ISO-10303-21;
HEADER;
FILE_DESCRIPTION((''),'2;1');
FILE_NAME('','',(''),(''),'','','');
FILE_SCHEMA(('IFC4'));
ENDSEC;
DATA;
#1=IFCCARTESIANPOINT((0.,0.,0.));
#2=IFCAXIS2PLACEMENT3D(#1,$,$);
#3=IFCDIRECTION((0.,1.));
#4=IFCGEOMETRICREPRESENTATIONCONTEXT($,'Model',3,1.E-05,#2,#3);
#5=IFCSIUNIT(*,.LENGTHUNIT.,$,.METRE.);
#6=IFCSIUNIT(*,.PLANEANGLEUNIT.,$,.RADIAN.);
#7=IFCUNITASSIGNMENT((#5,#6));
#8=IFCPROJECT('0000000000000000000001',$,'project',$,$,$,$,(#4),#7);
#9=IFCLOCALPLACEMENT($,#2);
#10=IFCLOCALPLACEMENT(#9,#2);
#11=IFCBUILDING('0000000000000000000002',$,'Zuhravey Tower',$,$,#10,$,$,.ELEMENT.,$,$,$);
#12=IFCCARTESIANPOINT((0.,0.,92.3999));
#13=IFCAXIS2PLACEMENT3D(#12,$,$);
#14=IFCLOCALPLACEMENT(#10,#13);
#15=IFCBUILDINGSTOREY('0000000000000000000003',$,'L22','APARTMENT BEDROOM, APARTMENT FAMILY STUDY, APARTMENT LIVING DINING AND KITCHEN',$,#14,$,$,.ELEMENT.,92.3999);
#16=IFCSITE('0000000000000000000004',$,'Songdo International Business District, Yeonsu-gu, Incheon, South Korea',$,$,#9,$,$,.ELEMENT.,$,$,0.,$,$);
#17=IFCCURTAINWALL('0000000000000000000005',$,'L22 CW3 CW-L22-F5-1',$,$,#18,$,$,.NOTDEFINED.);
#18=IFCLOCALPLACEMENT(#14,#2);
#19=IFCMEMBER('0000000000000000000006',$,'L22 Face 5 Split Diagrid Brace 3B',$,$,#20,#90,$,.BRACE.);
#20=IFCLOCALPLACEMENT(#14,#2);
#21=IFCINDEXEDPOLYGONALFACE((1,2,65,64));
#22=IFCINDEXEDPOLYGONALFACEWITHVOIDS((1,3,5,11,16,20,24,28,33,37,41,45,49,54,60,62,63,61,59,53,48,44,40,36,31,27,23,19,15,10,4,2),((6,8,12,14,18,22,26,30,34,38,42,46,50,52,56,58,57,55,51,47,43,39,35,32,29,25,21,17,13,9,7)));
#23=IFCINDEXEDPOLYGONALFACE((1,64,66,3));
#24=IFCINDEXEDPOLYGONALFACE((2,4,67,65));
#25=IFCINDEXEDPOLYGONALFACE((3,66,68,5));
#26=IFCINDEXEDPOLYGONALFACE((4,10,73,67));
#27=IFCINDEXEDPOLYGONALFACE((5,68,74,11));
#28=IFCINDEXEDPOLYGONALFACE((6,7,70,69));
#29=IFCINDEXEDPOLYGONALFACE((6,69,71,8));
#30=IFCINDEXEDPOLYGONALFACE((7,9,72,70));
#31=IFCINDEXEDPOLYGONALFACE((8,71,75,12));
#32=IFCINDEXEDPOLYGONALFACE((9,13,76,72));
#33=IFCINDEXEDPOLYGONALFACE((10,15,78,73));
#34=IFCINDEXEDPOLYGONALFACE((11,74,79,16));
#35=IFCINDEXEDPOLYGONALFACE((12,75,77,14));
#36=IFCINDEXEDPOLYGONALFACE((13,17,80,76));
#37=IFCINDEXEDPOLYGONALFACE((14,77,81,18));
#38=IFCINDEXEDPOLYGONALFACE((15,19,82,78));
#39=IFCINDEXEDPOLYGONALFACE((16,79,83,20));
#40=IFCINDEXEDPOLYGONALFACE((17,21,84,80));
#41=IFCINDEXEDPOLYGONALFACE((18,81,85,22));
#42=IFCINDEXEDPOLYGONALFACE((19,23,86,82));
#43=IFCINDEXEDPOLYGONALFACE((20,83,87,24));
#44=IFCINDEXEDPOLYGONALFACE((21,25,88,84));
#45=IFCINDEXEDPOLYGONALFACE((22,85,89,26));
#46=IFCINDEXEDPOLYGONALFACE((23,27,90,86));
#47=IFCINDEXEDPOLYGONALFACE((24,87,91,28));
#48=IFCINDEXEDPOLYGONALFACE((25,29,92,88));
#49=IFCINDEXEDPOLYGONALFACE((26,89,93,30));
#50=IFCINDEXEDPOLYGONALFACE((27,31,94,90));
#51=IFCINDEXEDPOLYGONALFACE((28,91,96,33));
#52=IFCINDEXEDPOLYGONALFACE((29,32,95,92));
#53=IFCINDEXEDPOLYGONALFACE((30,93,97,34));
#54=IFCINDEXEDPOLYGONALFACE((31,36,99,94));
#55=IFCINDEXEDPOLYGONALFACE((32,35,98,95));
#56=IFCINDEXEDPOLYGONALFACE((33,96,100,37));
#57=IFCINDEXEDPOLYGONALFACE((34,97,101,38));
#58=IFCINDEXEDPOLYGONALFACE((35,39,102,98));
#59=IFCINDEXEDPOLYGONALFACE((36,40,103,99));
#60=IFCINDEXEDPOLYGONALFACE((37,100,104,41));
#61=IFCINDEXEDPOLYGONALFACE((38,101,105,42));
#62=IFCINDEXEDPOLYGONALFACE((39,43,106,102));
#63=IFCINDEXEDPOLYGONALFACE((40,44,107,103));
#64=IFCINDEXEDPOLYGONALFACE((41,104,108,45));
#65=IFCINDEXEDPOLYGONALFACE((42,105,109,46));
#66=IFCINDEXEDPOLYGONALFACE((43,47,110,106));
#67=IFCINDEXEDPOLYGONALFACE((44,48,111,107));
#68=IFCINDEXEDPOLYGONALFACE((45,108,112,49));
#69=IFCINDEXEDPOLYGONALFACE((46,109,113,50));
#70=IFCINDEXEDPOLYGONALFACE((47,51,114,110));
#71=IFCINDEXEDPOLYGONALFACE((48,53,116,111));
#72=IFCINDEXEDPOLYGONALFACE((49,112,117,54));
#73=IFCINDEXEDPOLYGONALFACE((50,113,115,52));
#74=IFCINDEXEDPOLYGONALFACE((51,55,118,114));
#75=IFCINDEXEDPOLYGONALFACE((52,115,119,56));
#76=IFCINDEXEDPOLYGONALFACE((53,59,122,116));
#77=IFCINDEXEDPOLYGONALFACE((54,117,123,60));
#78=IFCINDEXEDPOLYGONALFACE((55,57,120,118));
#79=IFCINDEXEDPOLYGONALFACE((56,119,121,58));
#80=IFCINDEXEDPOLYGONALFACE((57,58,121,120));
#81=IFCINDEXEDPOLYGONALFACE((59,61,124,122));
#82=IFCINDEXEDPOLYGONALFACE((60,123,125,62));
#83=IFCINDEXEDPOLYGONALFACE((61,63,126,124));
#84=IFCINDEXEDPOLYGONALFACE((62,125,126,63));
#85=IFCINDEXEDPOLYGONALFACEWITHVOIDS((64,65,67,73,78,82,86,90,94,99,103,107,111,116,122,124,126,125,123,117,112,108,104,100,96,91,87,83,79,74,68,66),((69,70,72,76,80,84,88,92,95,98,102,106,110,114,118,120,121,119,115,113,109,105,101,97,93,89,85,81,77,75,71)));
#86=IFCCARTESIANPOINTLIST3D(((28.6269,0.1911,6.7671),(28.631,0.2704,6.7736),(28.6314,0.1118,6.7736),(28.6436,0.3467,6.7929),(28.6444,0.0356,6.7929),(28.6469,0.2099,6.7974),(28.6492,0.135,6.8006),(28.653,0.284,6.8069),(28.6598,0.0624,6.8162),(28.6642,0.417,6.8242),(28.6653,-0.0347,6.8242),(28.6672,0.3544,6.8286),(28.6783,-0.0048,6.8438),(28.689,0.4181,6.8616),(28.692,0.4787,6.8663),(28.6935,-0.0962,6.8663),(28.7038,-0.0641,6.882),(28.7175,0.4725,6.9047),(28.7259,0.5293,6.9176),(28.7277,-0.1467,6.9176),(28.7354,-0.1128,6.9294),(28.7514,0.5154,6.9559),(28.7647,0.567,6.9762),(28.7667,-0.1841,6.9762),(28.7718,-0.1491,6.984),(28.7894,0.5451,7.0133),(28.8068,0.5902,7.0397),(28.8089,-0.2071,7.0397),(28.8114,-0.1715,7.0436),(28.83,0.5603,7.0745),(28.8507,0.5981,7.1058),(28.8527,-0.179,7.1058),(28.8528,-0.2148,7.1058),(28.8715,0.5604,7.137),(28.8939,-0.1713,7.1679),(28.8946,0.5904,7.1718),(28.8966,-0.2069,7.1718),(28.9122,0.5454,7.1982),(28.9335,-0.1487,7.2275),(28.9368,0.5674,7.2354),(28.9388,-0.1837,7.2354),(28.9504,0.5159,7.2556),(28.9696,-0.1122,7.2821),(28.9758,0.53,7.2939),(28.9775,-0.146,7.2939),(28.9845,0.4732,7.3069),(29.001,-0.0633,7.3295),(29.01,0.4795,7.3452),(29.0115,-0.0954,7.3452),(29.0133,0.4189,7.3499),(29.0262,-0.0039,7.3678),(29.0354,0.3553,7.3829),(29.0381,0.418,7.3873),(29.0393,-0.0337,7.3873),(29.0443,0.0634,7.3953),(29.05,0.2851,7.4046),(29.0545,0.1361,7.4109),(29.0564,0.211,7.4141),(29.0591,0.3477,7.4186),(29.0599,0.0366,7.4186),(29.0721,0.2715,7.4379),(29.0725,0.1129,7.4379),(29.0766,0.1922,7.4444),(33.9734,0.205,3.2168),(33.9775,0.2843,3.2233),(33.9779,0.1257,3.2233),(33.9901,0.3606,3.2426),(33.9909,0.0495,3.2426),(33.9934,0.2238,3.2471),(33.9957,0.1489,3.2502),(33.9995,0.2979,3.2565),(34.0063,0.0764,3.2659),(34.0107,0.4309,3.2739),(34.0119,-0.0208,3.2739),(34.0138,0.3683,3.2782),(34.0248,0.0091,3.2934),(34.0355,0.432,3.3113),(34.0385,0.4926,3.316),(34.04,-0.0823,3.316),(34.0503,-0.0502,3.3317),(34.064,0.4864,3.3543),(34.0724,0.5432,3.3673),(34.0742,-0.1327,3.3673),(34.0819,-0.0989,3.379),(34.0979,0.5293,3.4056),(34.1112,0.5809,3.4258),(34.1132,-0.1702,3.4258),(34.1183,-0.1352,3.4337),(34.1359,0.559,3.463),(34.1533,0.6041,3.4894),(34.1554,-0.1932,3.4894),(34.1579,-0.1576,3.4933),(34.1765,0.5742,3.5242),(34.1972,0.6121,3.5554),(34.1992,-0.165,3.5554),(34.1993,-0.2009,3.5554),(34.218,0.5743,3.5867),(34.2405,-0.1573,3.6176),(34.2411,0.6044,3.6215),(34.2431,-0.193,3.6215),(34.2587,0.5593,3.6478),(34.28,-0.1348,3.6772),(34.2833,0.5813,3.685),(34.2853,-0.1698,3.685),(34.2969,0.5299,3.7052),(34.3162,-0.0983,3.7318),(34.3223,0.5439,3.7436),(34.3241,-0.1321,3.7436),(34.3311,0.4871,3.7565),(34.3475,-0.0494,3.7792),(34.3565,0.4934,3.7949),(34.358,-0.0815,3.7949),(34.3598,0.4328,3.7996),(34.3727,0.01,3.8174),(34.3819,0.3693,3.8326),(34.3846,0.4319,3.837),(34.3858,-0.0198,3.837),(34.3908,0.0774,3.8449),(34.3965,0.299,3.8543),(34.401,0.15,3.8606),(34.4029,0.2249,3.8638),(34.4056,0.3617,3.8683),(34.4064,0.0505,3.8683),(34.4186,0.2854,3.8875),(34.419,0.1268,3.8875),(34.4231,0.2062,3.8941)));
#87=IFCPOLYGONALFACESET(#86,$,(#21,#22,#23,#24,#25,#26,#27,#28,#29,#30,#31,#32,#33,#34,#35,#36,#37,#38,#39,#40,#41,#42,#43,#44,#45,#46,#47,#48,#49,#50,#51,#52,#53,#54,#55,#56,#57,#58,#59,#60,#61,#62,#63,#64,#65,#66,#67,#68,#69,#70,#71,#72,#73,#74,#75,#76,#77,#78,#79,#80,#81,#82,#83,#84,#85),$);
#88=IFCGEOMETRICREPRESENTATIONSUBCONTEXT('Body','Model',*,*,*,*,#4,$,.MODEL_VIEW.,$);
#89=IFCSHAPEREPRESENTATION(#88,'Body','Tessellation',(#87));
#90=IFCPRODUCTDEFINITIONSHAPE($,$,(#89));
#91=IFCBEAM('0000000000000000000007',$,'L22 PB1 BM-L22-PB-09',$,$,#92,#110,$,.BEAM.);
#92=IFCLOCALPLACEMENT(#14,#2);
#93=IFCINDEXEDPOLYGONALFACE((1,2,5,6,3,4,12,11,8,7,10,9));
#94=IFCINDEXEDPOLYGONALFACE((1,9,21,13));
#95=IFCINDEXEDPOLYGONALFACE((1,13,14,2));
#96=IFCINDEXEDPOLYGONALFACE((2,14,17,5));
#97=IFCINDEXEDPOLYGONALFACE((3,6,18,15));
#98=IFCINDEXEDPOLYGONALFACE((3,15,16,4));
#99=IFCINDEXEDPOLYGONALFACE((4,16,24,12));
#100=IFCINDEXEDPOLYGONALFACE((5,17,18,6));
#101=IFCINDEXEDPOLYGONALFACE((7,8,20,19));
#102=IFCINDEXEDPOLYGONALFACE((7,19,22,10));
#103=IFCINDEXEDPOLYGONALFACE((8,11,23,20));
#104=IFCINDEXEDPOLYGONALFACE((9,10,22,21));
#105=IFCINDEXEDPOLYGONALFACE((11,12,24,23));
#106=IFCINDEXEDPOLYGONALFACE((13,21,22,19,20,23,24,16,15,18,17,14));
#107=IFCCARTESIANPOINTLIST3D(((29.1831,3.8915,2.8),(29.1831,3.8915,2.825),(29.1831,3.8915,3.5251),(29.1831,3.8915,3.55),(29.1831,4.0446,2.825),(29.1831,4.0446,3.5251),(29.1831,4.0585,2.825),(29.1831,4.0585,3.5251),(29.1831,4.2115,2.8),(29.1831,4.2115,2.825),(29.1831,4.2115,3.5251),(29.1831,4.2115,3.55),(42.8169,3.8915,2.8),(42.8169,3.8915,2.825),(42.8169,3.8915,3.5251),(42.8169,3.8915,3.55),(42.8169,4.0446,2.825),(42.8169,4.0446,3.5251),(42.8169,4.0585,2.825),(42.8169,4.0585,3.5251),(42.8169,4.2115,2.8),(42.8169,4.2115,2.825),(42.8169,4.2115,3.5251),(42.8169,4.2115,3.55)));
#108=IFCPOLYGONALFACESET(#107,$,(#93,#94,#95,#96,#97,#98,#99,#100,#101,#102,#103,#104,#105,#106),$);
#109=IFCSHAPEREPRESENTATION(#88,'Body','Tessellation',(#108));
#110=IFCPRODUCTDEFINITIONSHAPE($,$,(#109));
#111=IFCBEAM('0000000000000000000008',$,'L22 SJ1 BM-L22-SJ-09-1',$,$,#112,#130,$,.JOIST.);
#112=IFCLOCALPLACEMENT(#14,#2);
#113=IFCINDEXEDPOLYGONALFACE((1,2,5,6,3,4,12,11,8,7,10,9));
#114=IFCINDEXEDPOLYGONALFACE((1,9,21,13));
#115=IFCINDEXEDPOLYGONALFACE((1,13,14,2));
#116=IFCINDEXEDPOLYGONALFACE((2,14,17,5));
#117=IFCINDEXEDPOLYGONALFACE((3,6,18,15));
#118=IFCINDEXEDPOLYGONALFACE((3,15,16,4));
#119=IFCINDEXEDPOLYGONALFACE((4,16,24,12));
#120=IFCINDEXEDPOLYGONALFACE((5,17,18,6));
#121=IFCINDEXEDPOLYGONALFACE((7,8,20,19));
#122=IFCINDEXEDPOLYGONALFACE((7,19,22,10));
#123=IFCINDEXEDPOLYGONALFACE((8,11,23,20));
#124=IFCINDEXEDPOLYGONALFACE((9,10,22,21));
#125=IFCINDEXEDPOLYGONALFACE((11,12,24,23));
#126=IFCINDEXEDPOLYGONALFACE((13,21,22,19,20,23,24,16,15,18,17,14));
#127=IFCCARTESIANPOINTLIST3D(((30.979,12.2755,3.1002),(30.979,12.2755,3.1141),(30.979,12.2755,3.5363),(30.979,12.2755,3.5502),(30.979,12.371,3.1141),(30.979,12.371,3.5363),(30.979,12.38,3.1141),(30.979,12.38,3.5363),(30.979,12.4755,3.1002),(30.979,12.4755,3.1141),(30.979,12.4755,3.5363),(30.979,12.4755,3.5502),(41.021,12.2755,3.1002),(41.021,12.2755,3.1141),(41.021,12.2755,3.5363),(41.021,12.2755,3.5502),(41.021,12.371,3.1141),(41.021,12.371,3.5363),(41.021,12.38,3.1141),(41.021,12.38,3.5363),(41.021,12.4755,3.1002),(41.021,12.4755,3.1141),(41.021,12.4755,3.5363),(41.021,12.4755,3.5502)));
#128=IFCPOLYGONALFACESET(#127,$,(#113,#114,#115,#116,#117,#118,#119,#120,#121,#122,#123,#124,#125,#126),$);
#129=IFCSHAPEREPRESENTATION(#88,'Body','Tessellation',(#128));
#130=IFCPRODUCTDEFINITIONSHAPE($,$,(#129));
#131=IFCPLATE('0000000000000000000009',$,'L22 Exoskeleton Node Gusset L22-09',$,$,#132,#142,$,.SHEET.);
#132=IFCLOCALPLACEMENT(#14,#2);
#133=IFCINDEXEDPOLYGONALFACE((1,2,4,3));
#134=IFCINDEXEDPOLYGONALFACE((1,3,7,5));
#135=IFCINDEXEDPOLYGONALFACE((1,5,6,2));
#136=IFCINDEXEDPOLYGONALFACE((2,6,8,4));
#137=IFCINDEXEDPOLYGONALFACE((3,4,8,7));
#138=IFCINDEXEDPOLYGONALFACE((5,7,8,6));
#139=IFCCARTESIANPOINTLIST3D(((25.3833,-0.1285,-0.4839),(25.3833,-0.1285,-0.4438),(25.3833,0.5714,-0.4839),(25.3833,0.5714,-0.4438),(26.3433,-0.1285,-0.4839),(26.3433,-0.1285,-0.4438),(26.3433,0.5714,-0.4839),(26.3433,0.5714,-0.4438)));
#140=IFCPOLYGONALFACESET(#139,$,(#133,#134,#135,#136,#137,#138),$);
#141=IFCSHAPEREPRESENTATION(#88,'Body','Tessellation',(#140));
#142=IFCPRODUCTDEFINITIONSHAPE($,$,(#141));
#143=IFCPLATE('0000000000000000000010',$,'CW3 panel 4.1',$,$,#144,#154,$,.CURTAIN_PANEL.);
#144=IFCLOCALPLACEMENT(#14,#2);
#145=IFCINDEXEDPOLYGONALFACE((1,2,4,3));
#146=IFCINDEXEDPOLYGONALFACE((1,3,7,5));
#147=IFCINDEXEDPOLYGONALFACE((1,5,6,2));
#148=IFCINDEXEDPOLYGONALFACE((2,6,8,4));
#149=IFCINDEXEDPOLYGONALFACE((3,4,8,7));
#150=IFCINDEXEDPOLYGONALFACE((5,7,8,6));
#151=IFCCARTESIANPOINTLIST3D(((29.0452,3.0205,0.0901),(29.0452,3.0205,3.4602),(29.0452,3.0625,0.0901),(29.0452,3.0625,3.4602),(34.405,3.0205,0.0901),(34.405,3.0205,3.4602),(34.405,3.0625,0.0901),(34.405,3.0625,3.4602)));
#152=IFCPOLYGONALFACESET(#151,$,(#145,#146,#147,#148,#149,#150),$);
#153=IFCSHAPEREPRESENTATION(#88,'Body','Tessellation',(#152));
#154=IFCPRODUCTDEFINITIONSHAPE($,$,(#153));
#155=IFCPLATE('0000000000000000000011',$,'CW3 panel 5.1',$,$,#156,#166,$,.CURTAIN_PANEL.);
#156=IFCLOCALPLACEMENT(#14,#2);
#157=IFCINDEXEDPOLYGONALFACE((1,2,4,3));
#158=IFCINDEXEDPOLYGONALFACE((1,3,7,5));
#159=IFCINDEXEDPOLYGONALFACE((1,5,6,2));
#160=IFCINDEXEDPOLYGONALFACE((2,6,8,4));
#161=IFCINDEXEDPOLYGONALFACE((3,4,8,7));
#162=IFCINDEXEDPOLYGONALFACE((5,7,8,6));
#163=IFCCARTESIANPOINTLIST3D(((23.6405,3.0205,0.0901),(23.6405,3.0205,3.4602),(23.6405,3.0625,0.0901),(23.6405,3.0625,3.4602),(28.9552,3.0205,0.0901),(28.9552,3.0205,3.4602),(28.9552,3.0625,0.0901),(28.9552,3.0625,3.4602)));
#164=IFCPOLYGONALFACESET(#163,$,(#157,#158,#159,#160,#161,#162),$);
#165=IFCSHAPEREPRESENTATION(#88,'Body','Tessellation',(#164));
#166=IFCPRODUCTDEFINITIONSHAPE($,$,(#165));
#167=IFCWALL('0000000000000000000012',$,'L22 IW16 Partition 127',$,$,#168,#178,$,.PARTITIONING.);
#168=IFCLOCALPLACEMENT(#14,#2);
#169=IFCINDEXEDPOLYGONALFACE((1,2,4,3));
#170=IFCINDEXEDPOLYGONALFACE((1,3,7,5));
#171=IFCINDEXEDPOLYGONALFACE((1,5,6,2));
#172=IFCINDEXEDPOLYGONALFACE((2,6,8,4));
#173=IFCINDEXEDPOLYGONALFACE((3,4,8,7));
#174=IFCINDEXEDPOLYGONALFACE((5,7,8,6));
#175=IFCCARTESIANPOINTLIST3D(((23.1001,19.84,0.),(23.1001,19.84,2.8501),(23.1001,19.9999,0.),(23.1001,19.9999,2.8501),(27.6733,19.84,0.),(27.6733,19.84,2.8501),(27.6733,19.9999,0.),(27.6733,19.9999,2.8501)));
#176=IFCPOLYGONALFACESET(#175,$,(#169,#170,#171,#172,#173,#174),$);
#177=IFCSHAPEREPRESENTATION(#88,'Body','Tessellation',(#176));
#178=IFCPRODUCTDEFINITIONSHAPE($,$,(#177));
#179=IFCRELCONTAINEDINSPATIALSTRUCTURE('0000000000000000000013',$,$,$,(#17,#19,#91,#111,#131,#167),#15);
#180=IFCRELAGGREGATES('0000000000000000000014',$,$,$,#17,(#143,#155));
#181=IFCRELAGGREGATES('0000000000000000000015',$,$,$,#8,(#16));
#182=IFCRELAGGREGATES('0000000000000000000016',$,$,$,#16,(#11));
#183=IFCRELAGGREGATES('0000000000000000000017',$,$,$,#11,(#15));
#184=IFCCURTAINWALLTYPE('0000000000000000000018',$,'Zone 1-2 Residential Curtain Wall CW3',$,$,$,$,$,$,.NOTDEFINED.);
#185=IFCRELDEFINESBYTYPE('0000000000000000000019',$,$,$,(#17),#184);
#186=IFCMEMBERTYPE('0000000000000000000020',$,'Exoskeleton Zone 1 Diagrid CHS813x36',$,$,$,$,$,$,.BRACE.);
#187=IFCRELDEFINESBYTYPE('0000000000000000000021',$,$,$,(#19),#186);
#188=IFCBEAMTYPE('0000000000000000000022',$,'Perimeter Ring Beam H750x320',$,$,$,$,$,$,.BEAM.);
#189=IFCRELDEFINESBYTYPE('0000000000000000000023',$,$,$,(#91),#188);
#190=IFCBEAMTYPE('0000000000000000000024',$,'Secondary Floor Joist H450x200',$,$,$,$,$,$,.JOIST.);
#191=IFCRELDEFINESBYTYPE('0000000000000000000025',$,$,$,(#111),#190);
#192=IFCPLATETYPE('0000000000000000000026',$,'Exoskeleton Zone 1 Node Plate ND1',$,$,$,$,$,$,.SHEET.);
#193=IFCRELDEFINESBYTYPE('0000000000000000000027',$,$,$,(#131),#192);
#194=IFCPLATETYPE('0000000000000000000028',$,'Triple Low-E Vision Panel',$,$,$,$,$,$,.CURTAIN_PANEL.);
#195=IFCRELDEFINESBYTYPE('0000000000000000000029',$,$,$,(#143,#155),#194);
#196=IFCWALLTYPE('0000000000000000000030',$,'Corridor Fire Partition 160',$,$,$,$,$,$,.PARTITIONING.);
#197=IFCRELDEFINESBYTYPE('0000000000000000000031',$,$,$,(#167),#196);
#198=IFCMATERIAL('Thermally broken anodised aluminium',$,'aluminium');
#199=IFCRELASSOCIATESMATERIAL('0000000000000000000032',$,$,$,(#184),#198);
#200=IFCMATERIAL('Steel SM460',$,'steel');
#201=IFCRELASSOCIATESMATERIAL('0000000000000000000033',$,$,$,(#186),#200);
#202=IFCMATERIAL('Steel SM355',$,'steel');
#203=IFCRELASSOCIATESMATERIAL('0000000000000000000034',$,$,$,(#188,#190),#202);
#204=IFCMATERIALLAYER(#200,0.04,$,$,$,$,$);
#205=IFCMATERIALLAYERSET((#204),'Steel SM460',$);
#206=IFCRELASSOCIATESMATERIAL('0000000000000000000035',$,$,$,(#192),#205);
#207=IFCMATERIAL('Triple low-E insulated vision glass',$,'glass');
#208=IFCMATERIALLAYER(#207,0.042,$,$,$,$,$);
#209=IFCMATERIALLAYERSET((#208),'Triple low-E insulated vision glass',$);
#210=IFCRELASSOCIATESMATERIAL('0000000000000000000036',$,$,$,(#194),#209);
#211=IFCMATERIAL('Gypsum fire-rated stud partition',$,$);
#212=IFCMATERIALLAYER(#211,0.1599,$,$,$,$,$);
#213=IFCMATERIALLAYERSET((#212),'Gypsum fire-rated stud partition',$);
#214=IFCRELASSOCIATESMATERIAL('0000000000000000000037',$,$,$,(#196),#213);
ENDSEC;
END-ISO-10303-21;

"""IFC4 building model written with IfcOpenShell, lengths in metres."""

from ifc_helpers import new_model, si_unit, direction, frame, frame_2d, origin, origin_2d, place, context, subcontext, project, spatial, rectangle, hollow_circle, i_section, extrude, material, layer, layer_set, material_profile, profile_set, type_object, element, aggregate, save


model = new_model("IFC4")

# Units and contexts
model_context = context("Model", 3, precision=1e-05, world=origin(), true_north=direction((0.0, 1.0)))
body_context = subcontext(model_context, "Body", "Model", "MODEL_VIEW")
ifc_project = project(units=[si_unit("LENGTHUNIT", "METRE"), si_unit("PLANEANGLEUNIT", "RADIAN")], contexts=[model_context])

# Site, building, storey
site_placement = place(None, origin())
site = spatial("IfcSite", under=ifc_project, at=site_placement, Name="Songdo International Business District, Yeonsu-gu, Incheon, South Korea", CompositionType="ELEMENT", RefElevation=0.0)
building_placement = place(site_placement, origin())
building = spatial("IfcBuilding", under=site, at=building_placement, Name="Zuhravey Tower", CompositionType="ELEMENT")
storey_placement = place(building_placement, frame((0.0, 0.0, 92.3999)))
storey = spatial("IfcBuildingStorey", under=building, at=storey_placement, Name="L22", Description="APARTMENT BEDROOM, APARTMENT FAMILY STUDY, APARTMENT LIVING DINING AND KITCHEN", CompositionType="ELEMENT", Elevation=92.3999)

# Curtain wall
ifc_material_1 = material(Name="Thermally broken anodised aluminium", Category="aluminium")
curtain_wall_type = type_object("IfcCurtainWallType", Name="Zone 1-2 Residential Curtain Wall CW3", PredefinedType="NOTDEFINED", material=ifc_material_1)
curtain_wall_placement = place(storey_placement, origin())
curtain_wall = element("IfcCurtainWall", 1, at=curtain_wall_placement, inside=storey, type_object=curtain_wall_type, Name="L22 CW3 CW-L22-F5-1", PredefinedType="NOTDEFINED")

# Member
ifc_material_2 = material(Name="Steel SM355", Category="steel")
ifc_material_3 = material(Name="Steel SM460", Category="steel")
ifc_material_profile_1 = material_profile(ifc_material_3, hollow_circle(Radius=0.4065, WallThickness=0.0359, at=origin_2d()), Name="CHS-812.8x36")
ifc_profile_set_1 = profile_set([ifc_material_profile_1], Name="Steel SM460")
member_type_1 = type_object("IfcMemberType", Name="Exoskeleton Zone 1 Diagrid CHS813x36", PredefinedType="BRACE", material=ifc_profile_set_1)
member_1_placement = place(storey_placement, frame((34.1982, 0.2056, 3.5554), z_axis=(-0.833054, -0.002168, 0.553188), x_axis=(0.002603, -0.999997, 0.0)))
element("IfcMember", 2, at=member_1_placement, inside=storey, type_object=member_type_1, Name="L22 Face 5 Split Diagrid Brace 3B", PredefinedType="BRACE", context=body_context, shape_type="SweptSolid", body=[
    extrude(hollow_circle(Radius=0.4065, WallThickness=0.0359, at=origin_2d()), origin(), (0.0, 0.0, 1.0), 6.418),
])

# Beams
ifc_material_profile_2 = material_profile(ifc_material_2, i_section(OverallWidth=0.3201, OverallDepth=0.75, WebThickness=0.0139, FlangeThickness=0.0249, at=origin_2d()), Name="H-750x320x14x25")
ifc_profile_set_2 = profile_set([ifc_material_profile_2], Name="Steel SM355")
beam_type_1 = type_object("IfcBeamType", Name="Perimeter Ring Beam H750x320", PredefinedType="BEAM", material=ifc_profile_set_2)
beam_1_placement = place(storey_placement, frame((29.1831, 4.0515, 3.175), z_axis=(1.0, 0.0, 0.0), x_axis=(0.0, 1.0, 0.0)))
element("IfcBeam", 3, at=beam_1_placement, inside=storey, type_object=beam_type_1, Name="L22 PB1 BM-L22-PB-09", PredefinedType="BEAM", context=body_context, shape_type="SweptSolid", body=[
    extrude(i_section(OverallWidth=0.3201, OverallDepth=0.75, WebThickness=0.0139, FlangeThickness=0.0249, at=origin_2d()), origin(), (0.0, 0.0, 1.0), 13.6338),
])
ifc_material_profile_3 = material_profile(ifc_material_2, i_section(OverallWidth=0.2, OverallDepth=0.45, WebThickness=0.009, FlangeThickness=0.0139, at=origin_2d()), Name="H-450x200x9x14")
ifc_profile_set_3 = profile_set([ifc_material_profile_3], Name="Steel SM355")
beam_type_2 = type_object("IfcBeamType", Name="Secondary Floor Joist H450x200", PredefinedType="JOIST", material=ifc_profile_set_3)
beam_2_placement = place(storey_placement, frame((30.979, 12.3755, 3.3252), z_axis=(1.0, 0.0, 0.0), x_axis=(0.0, 1.0, 0.0)))
element("IfcBeam", 4, at=beam_2_placement, inside=storey, type_object=beam_type_2, Name="L22 SJ1 BM-L22-SJ-09-1", PredefinedType="JOIST", context=body_context, shape_type="SweptSolid", body=[
    extrude(i_section(OverallWidth=0.2, OverallDepth=0.45, WebThickness=0.009, FlangeThickness=0.0139, at=origin_2d()), origin(), (0.0, 0.0, 1.0), 10.042),
])

# Plates
ifc_layer_1 = layer(ifc_material_3, 0.04)
ifc_layer_set_1 = layer_set([ifc_layer_1], Name="Steel SM460")
plate_type_1 = type_object("IfcPlateType", Name="Exoskeleton Zone 1 Node Plate ND1", PredefinedType="SHEET", material=ifc_layer_set_1)
plate_1_placement = place(storey_placement, frame((25.8633, 0.2214, -0.4839), z_axis=(0.0, 0.0, 1.0), x_axis=(1.0, 0.0, 0.0)))
element("IfcPlate", 5, at=plate_1_placement, inside=storey, type_object=plate_type_1, Name="L22 Exoskeleton Node Gusset L22-09", PredefinedType="SHEET", context=body_context, shape_type="SweptSolid", body=[
    extrude(rectangle(XDim=0.96, YDim=0.7, at=origin_2d()), origin(), (0.0, 0.0, 1.0), 0.04),
])
ifc_material_4 = material(Name="Triple low-E insulated vision glass", Category="glass")
ifc_layer_2 = layer(ifc_material_4, 0.042)
ifc_layer_set_2 = layer_set([ifc_layer_2], Name="Triple low-E insulated vision glass")
plate_type_2 = type_object("IfcPlateType", Name="Triple Low-E Vision Panel", PredefinedType="CURTAIN_PANEL", material=ifc_layer_set_2)
plate_2_placement = place(storey_placement, frame((31.7251, 3.0415, 0.0901), z_axis=(0.0, 0.0, 1.0), x_axis=(-1.0, 0.0, 0.0)))
plate_2 = element("IfcPlate", 6, at=plate_2_placement, type_object=plate_type_2, Name="CW3 panel 4.1", PredefinedType="CURTAIN_PANEL", context=body_context, shape_type="SweptSolid", body=[
    extrude(rectangle(XDim=5.3599, YDim=0.042, at=origin_2d()), origin(), (0.0, 0.0, 1.0), 3.3701),
])
plate_3_placement = place(storey_placement, frame((26.2979, 3.0415, 0.0901), z_axis=(0.0, 0.0, 1.0), x_axis=(-1.0, 0.0, 0.0)))
plate_3 = element("IfcPlate", 7, at=plate_3_placement, type_object=plate_type_2, Name="CW3 panel 5.1", PredefinedType="CURTAIN_PANEL", context=body_context, shape_type="SweptSolid", body=[
    extrude(rectangle(XDim=5.3147, YDim=0.042, at=origin_2d()), origin(), (0.0, 0.0, 1.0), 3.3701),
])
aggregate(curtain_wall, [plate_2, plate_3])

# Wall
ifc_material_5 = material(Name="Gypsum fire-rated stud partition")
ifc_layer_3 = layer(ifc_material_5, 0.1599)
ifc_layer_set_3 = layer_set([ifc_layer_3], Name="Gypsum fire-rated stud partition")
wall_type_1 = type_object("IfcWallType", Name="Corridor Fire Partition 160", PredefinedType="PARTITIONING", material=ifc_layer_set_3)
wall_1_placement = place(storey_placement, frame((23.1001, 19.9199, 0.0), z_axis=(0.0, 0.0, 1.0), x_axis=(1.0, 0.0, 0.0)))
element("IfcWall", 8, at=wall_1_placement, inside=storey, type_object=wall_type_1, Name="L22 IW16 Partition 127", PredefinedType="PARTITIONING", context=body_context, shape_type="SweptSolid", body=[
    extrude(rectangle(XDim=4.5732, YDim=0.1599, at=frame_2d((2.2866, 0.0))), origin(), (0.0, 0.0, 1.0), 2.8501),
])

save(model, "model.ifc")
